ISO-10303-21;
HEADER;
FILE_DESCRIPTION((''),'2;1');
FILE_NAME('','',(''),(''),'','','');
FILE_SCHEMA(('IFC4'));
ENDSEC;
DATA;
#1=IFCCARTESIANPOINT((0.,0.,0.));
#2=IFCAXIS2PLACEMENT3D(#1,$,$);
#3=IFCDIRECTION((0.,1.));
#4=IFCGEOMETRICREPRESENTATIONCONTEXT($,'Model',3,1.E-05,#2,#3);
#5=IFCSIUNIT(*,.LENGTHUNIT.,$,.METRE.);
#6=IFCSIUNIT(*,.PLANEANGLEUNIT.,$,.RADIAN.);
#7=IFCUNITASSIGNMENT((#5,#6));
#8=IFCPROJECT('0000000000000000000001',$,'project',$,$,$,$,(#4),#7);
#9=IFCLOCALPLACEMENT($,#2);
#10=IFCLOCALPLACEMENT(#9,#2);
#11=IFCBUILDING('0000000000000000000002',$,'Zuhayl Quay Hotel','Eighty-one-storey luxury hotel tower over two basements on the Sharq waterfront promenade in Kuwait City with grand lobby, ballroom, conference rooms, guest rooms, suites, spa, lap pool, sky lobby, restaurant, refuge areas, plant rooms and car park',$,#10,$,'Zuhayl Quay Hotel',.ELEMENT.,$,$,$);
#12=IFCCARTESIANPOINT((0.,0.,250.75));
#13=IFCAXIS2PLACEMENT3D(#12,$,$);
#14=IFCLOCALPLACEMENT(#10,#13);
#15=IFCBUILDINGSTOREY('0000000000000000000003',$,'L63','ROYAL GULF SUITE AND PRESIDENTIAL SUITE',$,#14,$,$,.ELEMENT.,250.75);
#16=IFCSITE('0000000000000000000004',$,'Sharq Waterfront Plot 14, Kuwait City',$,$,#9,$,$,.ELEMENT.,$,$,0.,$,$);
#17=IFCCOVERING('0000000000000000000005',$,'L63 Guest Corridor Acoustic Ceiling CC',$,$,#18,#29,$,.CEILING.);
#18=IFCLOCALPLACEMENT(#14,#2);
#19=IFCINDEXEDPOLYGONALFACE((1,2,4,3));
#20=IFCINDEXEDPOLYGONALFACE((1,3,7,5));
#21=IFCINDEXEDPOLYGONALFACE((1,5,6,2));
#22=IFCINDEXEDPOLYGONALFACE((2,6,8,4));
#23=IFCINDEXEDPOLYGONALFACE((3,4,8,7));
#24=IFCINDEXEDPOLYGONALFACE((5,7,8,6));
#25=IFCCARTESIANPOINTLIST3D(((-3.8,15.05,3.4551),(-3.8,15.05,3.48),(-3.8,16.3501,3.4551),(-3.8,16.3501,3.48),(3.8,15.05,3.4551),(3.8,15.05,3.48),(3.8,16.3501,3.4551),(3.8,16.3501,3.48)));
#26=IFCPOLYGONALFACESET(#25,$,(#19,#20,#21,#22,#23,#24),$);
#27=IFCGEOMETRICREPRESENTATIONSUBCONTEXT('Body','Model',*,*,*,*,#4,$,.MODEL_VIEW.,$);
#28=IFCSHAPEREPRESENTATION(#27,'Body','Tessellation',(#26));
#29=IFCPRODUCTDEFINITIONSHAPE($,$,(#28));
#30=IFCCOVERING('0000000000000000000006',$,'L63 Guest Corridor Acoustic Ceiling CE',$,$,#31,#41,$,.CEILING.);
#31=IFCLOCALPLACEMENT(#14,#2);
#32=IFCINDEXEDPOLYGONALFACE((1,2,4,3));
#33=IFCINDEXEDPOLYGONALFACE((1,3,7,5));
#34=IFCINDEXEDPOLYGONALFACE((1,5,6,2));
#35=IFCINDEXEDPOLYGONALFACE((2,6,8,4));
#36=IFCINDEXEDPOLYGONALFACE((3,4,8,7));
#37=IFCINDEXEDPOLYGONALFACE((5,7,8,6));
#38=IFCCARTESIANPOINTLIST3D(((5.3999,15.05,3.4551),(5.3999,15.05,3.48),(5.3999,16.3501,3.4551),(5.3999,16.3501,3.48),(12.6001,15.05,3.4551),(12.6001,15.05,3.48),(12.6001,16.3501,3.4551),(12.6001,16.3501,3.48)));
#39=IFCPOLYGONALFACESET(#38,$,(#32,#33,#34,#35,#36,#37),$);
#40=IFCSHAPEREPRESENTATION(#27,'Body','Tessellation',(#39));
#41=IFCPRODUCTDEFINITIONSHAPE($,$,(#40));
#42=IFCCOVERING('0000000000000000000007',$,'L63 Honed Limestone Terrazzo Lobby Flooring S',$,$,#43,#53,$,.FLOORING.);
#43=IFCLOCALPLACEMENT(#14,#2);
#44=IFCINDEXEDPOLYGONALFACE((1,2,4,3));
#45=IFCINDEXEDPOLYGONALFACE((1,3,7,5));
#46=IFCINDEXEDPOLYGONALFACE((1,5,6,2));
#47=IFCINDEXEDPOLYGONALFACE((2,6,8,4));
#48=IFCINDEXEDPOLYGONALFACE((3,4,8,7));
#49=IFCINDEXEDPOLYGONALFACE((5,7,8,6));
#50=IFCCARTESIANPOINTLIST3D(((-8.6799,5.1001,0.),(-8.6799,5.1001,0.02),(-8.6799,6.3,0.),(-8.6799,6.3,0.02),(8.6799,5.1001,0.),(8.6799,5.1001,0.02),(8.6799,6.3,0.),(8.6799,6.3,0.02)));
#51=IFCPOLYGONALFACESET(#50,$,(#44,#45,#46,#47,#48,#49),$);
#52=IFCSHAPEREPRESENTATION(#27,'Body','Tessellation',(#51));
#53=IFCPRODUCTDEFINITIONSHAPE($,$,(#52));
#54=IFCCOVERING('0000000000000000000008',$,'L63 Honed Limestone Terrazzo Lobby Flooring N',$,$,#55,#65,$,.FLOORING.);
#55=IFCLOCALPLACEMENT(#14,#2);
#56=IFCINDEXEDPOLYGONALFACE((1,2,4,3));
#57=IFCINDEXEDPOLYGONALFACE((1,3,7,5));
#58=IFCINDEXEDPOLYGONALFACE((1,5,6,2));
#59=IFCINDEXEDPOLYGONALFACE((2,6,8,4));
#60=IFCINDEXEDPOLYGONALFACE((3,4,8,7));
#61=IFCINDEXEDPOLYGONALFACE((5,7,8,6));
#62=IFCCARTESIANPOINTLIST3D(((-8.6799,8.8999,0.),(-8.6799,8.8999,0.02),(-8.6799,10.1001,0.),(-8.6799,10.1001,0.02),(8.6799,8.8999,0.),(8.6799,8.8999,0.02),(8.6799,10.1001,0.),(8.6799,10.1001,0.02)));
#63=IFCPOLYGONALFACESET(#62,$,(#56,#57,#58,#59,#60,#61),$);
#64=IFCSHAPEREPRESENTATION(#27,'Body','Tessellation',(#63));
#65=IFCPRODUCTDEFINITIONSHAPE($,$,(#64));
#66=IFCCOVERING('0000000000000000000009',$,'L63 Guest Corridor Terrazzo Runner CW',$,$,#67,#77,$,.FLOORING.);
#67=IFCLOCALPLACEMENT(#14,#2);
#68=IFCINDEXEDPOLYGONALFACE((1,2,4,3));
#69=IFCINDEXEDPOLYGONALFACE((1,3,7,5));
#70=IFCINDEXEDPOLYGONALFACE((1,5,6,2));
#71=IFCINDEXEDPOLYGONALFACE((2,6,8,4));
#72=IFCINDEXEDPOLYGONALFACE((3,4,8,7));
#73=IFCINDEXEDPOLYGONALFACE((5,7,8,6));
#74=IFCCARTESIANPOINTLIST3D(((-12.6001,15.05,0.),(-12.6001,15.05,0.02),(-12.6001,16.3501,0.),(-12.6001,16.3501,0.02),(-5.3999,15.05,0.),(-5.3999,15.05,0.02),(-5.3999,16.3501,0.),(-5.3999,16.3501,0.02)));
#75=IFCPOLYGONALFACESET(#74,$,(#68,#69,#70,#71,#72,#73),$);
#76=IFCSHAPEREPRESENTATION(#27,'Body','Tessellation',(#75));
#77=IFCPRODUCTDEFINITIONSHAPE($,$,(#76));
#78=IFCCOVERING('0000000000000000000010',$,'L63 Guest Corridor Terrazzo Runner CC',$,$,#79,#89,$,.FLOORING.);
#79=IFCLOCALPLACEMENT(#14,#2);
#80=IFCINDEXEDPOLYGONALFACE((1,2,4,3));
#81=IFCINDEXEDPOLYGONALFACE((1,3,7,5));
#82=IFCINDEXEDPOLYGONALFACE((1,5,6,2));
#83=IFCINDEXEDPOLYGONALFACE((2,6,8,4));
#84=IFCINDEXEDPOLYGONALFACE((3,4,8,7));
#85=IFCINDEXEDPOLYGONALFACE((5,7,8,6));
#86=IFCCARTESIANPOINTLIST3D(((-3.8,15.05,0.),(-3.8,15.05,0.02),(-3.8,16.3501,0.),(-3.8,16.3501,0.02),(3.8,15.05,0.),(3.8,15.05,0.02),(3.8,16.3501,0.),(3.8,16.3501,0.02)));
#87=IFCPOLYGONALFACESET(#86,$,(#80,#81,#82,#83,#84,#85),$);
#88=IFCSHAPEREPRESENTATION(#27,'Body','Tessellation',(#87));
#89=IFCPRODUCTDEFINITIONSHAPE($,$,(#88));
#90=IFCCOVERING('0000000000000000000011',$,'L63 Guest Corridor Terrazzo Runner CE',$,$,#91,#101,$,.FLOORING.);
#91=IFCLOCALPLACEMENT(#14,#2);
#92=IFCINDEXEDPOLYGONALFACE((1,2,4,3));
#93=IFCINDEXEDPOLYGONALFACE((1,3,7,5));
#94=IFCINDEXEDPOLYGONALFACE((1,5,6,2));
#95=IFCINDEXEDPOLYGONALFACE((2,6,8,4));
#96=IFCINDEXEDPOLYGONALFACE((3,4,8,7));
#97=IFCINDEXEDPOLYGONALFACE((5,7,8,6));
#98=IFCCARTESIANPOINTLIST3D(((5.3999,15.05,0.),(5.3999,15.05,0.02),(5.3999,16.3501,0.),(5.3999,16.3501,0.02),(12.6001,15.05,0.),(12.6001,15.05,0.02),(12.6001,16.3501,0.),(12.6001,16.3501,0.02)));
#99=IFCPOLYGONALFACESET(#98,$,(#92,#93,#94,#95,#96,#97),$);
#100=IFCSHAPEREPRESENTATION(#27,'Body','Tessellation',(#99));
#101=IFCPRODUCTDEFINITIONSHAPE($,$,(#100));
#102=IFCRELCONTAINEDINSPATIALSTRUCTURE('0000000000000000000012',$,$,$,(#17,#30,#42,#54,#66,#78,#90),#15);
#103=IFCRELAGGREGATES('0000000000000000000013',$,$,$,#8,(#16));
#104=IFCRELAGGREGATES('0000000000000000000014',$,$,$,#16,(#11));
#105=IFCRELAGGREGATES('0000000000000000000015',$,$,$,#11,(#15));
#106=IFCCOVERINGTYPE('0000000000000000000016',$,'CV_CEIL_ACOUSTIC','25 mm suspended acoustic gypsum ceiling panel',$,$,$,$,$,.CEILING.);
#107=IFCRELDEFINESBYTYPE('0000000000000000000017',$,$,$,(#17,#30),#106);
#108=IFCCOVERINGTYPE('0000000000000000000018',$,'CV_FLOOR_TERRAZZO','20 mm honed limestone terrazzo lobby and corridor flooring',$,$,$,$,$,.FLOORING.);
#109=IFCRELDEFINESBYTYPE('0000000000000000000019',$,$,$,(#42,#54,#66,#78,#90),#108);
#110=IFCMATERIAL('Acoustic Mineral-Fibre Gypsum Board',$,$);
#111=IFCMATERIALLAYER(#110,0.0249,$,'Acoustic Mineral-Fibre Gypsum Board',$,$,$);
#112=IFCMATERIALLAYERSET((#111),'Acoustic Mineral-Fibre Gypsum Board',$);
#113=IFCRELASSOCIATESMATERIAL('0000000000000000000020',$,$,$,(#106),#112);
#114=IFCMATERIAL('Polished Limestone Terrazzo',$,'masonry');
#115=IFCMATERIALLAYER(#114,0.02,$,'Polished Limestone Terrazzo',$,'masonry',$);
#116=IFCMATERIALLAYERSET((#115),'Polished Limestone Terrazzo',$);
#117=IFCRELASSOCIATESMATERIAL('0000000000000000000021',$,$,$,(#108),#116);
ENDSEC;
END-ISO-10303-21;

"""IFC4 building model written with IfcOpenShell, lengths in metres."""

from ifc_helpers import new_model, si_unit, direction, frame, origin, place, context, subcontext, project, spatial, polyline, outline, extrude, material, layer, layer_set, type_object, element, save


model = new_model("IFC4")

# Units and contexts
model_context = context("Model", 3, precision=1e-05, world=origin(), true_north=direction((0.0, 1.0)))
body_context = subcontext(model_context, "Body", "Model", "MODEL_VIEW")
ifc_project = project(units=[si_unit("LENGTHUNIT", "METRE"), si_unit("PLANEANGLEUNIT", "RADIAN")], contexts=[model_context])

# Site, building, storey
site_placement = place(None, origin())
site = spatial("IfcSite", under=ifc_project, at=site_placement, Name="Sharq Waterfront Plot 14, Kuwait City", CompositionType="ELEMENT", RefElevation=0.0)
building_placement = place(site_placement, origin())
building = spatial("IfcBuilding", under=site, at=building_placement, Name="Zuhayl Quay Hotel", Description="Eighty-one-storey luxury hotel tower over two basements on the Sharq waterfront promenade in Kuwait City with grand lobby, ballroom, conference rooms, guest rooms, suites, spa, lap pool, sky lobby, restaurant, refuge areas, plant rooms and car park", LongName="Zuhayl Quay Hotel", CompositionType="ELEMENT")
storey_placement = place(building_placement, frame((0.0, 0.0, 250.75)))
storey = spatial("IfcBuildingStorey", under=building, at=storey_placement, Name="L63", Description="ROYAL GULF SUITE AND PRESIDENTIAL SUITE", CompositionType="ELEMENT", Elevation=250.75)

# Coverings
ifc_material_1 = material(Name="Acoustic Mineral-Fibre Gypsum Board")
ifc_layer_1 = layer(ifc_material_1, 0.0249, Name="Acoustic Mineral-Fibre Gypsum Board")
ifc_layer_set_1 = layer_set([ifc_layer_1], Name="Acoustic Mineral-Fibre Gypsum Board")
covering_type_1 = type_object("IfcCoveringType", Name="CV_CEIL_ACOUSTIC", Description="25 mm suspended acoustic gypsum ceiling panel", PredefinedType="CEILING", material=ifc_layer_set_1)
covering_1_placement = place(storey_placement, frame((0.0, 0.0, 3.4551)))
element("IfcCovering", 1, at=covering_1_placement, inside=storey, type_object=covering_type_1, Name="L63 Guest Corridor Acoustic Ceiling CC", PredefinedType="CEILING", context=body_context, shape_type="SweptSolid", body=[
    extrude(outline(polyline([(-3.8, 15.05), (3.8, 15.05), (3.8, 16.3501), (-3.8, 16.3501), (-3.8, 15.05)])), origin(), (0.0, 0.0, 1.0), 0.0249),
])
covering_2_placement = place(storey_placement, frame((0.0, 0.0, 3.4551)))
element("IfcCovering", 2, at=covering_2_placement, inside=storey, type_object=covering_type_1, Name="L63 Guest Corridor Acoustic Ceiling CE", PredefinedType="CEILING", context=body_context, shape_type="SweptSolid", body=[
    extrude(outline(polyline([(5.3999, 15.05), (12.6001, 15.05), (12.6001, 16.3501), (5.3999, 16.3501), (5.3999, 15.05)])), origin(), (0.0, 0.0, 1.0), 0.0249),
])
ifc_material_2 = material(Name="Polished Limestone Terrazzo", Category="masonry")
ifc_layer_2 = layer(ifc_material_2, 0.02, Name="Polished Limestone Terrazzo", Category="masonry")
ifc_layer_set_2 = layer_set([ifc_layer_2], Name="Polished Limestone Terrazzo")
covering_type_2 = type_object("IfcCoveringType", Name="CV_FLOOR_TERRAZZO", Description="20 mm honed limestone terrazzo lobby and corridor flooring", PredefinedType="FLOORING", material=ifc_layer_set_2)
covering_3_placement = place(storey_placement, origin())
element("IfcCovering", 3, at=covering_3_placement, inside=storey, type_object=covering_type_2, Name="L63 Honed Limestone Terrazzo Lobby Flooring S", PredefinedType="FLOORING", context=body_context, shape_type="SweptSolid", body=[
    extrude(outline(polyline([(-8.6799, 5.1001), (8.6799, 5.1001), (8.6799, 6.3), (-8.6799, 6.3), (-8.6799, 5.1001)])), origin(), (0.0, 0.0, 1.0), 0.02),
])
covering_4_placement = place(storey_placement, origin())
element("IfcCovering", 4, at=covering_4_placement, inside=storey, type_object=covering_type_2, Name="L63 Honed Limestone Terrazzo Lobby Flooring N", PredefinedType="FLOORING", context=body_context, shape_type="SweptSolid", body=[
    extrude(outline(polyline([(-8.6799, 8.8999), (8.6799, 8.8999), (8.6799, 10.1001), (-8.6799, 10.1001), (-8.6799, 8.8999)])), origin(), (0.0, 0.0, 1.0), 0.02),
])
covering_5_placement = place(storey_placement, origin())
element("IfcCovering", 5, at=covering_5_placement, inside=storey, type_object=covering_type_2, Name="L63 Guest Corridor Terrazzo Runner CW", PredefinedType="FLOORING", context=body_context, shape_type="SweptSolid", body=[
    extrude(outline(polyline([(-12.6001, 15.05), (-5.3999, 15.05), (-5.3999, 16.3501), (-12.6001, 16.3501), (-12.6001, 15.05)])), origin(), (0.0, 0.0, 1.0), 0.02),
])
covering_6_placement = place(storey_placement, origin())
element("IfcCovering", 6, at=covering_6_placement, inside=storey, type_object=covering_type_2, Name="L63 Guest Corridor Terrazzo Runner CC", PredefinedType="FLOORING", context=body_context, shape_type="SweptSolid", body=[
    extrude(outline(polyline([(-3.8, 15.05), (3.8, 15.05), (3.8, 16.3501), (-3.8, 16.3501), (-3.8, 15.05)])), origin(), (0.0, 0.0, 1.0), 0.02),
])
covering_7_placement = place(storey_placement, origin())
element("IfcCovering", 7, at=covering_7_placement, inside=storey, type_object=covering_type_2, Name="L63 Guest Corridor Terrazzo Runner CE", PredefinedType="FLOORING", context=body_context, shape_type="SweptSolid", body=[
    extrude(outline(polyline([(5.3999, 15.05), (12.6001, 15.05), (12.6001, 16.3501), (5.3999, 16.3501), (5.3999, 15.05)])), origin(), (0.0, 0.0, 1.0), 0.02),
])

save(model, "model.ifc")
